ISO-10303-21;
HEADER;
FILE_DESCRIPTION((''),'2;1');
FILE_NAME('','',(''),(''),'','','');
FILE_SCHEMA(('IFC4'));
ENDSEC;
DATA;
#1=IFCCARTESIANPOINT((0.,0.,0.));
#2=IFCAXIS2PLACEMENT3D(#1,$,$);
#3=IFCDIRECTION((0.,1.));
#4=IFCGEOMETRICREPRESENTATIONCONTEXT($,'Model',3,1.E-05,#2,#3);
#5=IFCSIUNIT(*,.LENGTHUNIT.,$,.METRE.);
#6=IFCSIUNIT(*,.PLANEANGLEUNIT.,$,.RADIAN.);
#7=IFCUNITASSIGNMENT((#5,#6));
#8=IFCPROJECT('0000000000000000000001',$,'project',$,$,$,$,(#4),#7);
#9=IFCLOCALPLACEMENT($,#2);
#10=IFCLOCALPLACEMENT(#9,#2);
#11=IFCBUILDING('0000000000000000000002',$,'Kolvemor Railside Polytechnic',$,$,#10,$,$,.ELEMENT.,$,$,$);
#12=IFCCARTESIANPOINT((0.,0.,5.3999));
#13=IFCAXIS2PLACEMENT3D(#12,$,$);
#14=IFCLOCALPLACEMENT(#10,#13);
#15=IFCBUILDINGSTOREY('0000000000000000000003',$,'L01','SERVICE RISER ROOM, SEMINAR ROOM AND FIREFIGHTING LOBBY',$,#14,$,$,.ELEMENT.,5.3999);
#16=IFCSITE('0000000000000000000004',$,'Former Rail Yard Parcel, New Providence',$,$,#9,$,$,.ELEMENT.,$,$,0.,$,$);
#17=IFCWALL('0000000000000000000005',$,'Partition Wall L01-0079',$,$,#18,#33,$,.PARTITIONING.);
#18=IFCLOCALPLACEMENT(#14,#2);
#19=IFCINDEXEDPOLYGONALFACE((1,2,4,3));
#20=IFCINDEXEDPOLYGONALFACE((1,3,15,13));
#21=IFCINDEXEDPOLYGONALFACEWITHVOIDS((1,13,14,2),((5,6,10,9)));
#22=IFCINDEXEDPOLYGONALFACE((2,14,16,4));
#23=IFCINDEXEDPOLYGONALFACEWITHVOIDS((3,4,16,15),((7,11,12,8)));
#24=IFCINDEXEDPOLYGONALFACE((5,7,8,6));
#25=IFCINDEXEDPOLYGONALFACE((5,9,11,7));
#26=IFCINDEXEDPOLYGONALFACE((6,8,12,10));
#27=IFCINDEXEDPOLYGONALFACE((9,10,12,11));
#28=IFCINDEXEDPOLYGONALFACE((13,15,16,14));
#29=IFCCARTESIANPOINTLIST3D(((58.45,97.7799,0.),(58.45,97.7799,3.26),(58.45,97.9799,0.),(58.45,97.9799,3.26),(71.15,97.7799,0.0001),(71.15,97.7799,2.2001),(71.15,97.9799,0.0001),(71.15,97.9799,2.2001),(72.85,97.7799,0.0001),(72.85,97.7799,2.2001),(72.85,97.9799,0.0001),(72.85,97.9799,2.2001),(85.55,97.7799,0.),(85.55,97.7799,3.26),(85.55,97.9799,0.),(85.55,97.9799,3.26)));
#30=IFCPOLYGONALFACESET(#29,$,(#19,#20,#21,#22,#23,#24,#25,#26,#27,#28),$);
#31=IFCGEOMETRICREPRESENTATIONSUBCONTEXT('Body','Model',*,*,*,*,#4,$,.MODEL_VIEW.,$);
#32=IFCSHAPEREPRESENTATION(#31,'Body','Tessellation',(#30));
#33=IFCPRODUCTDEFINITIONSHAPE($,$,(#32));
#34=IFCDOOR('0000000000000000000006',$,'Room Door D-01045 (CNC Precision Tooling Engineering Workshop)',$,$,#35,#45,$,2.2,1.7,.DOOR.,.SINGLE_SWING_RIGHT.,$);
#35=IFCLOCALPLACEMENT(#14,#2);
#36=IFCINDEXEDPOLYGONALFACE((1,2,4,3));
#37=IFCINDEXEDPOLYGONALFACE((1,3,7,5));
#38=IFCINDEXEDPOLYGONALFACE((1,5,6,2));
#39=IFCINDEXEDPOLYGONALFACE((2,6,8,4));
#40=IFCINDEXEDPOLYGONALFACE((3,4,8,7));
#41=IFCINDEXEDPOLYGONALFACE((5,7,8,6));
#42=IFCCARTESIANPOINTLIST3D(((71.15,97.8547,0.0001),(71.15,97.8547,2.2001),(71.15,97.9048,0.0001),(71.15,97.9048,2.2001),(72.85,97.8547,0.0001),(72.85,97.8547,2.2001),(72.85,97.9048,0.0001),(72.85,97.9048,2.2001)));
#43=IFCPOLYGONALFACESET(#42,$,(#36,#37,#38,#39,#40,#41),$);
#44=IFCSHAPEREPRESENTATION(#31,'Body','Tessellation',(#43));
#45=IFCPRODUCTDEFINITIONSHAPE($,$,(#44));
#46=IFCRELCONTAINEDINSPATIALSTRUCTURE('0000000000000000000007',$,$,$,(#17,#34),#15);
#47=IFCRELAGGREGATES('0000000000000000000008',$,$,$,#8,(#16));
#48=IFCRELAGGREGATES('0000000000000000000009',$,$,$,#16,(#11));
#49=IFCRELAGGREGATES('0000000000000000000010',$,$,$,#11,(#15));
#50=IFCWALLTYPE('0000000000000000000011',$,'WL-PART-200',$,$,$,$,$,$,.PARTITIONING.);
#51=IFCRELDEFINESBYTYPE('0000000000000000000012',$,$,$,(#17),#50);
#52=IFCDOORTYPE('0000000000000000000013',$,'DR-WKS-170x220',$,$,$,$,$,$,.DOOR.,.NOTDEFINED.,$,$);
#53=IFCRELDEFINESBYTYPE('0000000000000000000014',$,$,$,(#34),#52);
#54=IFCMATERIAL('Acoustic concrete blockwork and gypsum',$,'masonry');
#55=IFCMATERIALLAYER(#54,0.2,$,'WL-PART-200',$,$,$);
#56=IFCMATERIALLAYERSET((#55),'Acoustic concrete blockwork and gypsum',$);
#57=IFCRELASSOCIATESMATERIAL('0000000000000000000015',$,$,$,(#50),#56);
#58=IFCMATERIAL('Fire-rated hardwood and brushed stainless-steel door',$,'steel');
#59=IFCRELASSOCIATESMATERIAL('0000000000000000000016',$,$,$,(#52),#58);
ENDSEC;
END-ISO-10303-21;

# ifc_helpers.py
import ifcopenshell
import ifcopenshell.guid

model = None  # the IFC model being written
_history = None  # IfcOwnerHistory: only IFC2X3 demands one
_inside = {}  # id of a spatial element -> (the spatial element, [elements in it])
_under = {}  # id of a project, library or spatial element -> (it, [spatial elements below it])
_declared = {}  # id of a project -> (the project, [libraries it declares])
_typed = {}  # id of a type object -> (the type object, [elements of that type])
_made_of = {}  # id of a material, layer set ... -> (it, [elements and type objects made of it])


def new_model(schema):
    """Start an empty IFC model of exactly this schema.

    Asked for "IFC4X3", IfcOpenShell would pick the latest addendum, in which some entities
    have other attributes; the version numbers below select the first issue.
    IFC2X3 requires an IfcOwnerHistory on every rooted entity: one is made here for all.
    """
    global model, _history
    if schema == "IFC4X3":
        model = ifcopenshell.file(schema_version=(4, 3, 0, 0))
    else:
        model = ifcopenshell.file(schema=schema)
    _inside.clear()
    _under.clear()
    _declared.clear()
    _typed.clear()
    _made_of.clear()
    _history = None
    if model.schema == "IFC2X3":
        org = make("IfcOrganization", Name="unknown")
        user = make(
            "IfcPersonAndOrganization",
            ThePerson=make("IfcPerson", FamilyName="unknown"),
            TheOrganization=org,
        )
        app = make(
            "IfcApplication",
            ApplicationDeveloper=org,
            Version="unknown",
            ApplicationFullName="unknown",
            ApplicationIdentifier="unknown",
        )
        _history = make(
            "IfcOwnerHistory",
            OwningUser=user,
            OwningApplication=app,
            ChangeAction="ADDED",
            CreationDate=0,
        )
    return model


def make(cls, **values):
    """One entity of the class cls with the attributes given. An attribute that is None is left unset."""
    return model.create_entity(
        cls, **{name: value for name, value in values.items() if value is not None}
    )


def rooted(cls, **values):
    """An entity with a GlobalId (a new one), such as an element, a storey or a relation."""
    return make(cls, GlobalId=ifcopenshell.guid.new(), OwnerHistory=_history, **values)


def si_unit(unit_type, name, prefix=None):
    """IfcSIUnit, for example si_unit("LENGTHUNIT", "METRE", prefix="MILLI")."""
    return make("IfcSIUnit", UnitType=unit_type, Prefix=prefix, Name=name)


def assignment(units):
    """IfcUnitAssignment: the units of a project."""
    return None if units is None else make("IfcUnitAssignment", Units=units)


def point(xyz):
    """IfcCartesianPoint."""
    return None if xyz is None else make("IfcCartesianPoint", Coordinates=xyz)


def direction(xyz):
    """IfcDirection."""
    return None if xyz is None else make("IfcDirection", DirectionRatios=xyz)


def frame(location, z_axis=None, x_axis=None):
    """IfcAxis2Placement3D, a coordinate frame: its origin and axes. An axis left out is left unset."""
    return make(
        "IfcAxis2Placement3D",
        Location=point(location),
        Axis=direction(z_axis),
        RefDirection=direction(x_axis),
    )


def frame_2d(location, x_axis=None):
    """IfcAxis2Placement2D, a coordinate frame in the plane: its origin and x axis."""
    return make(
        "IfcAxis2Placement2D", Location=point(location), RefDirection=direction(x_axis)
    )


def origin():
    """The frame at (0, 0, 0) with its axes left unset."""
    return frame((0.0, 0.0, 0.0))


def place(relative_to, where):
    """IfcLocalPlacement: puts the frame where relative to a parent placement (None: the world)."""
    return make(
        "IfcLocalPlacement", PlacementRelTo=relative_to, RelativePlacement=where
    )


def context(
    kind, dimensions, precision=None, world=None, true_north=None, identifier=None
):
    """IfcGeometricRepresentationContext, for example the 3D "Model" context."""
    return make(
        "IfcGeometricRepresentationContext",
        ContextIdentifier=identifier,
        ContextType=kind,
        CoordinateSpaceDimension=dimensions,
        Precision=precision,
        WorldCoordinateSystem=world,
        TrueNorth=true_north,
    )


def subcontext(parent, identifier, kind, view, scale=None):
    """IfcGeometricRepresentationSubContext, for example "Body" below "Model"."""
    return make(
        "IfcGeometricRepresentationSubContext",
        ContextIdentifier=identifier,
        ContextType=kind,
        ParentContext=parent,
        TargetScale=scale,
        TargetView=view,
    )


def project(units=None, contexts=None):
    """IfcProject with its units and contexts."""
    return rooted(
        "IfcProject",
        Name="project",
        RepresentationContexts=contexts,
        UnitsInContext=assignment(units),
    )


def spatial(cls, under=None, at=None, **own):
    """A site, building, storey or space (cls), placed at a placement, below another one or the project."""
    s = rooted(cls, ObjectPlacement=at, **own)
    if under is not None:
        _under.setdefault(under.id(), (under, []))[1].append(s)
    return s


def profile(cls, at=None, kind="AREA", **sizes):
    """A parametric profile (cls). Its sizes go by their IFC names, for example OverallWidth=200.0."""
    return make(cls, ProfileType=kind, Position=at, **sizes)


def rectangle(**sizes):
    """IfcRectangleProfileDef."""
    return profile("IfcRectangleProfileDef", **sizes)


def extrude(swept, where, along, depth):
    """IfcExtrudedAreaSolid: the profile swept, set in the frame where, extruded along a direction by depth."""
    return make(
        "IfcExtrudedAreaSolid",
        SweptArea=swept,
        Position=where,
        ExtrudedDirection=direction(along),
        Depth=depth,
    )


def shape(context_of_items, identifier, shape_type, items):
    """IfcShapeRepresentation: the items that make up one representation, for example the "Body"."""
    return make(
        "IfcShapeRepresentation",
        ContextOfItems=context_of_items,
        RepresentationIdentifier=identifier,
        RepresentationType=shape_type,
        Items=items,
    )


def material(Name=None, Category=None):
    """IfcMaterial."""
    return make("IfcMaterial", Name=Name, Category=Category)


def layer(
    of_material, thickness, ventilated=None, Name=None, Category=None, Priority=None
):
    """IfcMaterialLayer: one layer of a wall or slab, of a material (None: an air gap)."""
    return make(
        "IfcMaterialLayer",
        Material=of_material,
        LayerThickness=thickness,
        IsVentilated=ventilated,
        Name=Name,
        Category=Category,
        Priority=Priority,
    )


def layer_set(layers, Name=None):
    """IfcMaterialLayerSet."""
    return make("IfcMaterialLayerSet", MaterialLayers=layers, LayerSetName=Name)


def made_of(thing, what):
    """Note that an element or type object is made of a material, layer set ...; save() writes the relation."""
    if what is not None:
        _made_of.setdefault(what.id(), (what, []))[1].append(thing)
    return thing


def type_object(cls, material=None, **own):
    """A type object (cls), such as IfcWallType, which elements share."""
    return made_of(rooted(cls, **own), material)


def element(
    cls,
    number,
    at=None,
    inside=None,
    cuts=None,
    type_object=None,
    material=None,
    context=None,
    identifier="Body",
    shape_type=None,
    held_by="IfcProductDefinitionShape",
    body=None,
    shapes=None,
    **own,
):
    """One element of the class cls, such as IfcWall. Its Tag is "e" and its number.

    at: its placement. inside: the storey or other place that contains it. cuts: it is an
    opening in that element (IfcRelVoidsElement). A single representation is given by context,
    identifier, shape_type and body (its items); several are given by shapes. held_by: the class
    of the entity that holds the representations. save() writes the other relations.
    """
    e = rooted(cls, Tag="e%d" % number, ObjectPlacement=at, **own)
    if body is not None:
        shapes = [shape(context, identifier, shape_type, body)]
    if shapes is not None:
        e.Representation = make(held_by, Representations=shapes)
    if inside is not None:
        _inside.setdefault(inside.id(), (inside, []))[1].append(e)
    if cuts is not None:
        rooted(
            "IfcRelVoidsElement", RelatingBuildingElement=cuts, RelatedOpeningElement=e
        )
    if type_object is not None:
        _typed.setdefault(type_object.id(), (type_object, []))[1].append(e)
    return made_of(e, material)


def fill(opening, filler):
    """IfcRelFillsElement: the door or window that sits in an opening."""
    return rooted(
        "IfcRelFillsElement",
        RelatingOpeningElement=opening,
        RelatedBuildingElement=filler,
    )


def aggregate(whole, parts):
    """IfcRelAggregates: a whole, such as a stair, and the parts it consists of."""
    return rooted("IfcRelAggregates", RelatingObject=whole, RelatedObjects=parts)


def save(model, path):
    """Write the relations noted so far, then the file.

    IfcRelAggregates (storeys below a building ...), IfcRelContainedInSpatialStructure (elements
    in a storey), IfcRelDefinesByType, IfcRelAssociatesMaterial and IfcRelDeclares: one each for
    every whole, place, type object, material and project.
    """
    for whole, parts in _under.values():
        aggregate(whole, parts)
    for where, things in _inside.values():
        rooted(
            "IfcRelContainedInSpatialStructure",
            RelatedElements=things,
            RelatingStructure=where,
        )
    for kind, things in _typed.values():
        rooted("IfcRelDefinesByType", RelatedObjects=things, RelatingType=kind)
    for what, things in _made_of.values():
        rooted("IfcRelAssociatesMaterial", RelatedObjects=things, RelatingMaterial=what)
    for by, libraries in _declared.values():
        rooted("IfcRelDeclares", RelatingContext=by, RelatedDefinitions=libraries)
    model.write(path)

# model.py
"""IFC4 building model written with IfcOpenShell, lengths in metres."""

from ifc_helpers import new_model, si_unit, direction, frame, frame_2d, origin, place, context, subcontext, project, spatial, rectangle, extrude, material, layer, layer_set, type_object, element, fill, save


model = new_model("IFC4")

# Units and contexts
model_context = context("Model", 3, precision=1e-05, world=origin(), true_north=direction((0.0, 1.0)))
body_context = subcontext(model_context, "Body", "Model", "MODEL_VIEW")
ifc_project = project(units=[si_unit("LENGTHUNIT", "METRE"), si_unit("PLANEANGLEUNIT", "RADIAN")], contexts=[model_context])

# Site, building, storey
site_placement = place(None, origin())
site = spatial("IfcSite", under=ifc_project, at=site_placement, Name="Former Rail Yard Parcel, New Providence", CompositionType="ELEMENT", RefElevation=0.0)
building_placement = place(site_placement, origin())
building = spatial("IfcBuilding", under=site, at=building_placement, Name="Kolvemor Railside Polytechnic", CompositionType="ELEMENT")
storey_placement = place(building_placement, frame((0.0, 0.0, 5.3999)))
storey = spatial("IfcBuildingStorey", under=building, at=storey_placement, Name="L01", Description="SERVICE RISER ROOM, SEMINAR ROOM AND FIREFIGHTING LOBBY", CompositionType="ELEMENT", Elevation=5.3999)

# Wall, opening, door
ifc_material_1 = material(Name="Acoustic concrete blockwork and gypsum", Category="masonry")
ifc_layer_1 = layer(ifc_material_1, 0.2, Name="WL-PART-200")
ifc_layer_set_1 = layer_set([ifc_layer_1], Name="Acoustic concrete blockwork and gypsum")
wall_type = type_object("IfcWallType", Name="WL-PART-200", PredefinedType="PARTITIONING", material=ifc_layer_set_1)
wall_placement = place(storey_placement, frame((58.45, 97.8799, 0.0), z_axis=(0.0, 0.0, 1.0), x_axis=(1.0, 0.0, 0.0)))
wall = element("IfcWall", 1, at=wall_placement, inside=storey, type_object=wall_type, Name="Partition Wall L01-0079", PredefinedType="PARTITIONING", context=body_context, shape_type="SweptSolid", body=[
    extrude(rectangle(XDim=27.1001, YDim=0.2, at=frame_2d((13.55, 0.0))), origin(), (0.0, 0.0, 1.0), 3.26),
])
opening_placement = place(wall_placement, frame((12.7, 0.0, 0.0)))
opening = element("IfcOpeningElement", 2, at=opening_placement, cuts=wall, PredefinedType="OPENING", context=body_context, shape_type="SweptSolid", body=[
    extrude(rectangle(XDim=1.7, YDim=2.2, at=frame_2d((0.8501, 1.1001))), frame((0.0, 0.1099, 0.0), z_axis=(0.0, -1.0, 0.0), x_axis=(1.0, 0.0, 0.0)), (0.0, 0.0, 1.0), 0.22),
])
ifc_material_2 = material(Name="Fire-rated hardwood and brushed stainless-steel door", Category="steel")
door_type = type_object("IfcDoorType", Name="DR-WKS-170x220", OperationType="NOTDEFINED", PredefinedType="DOOR", material=ifc_material_2)
door_placement = place(opening_placement, origin())
door = element("IfcDoor", 3, at=door_placement, inside=storey, type_object=door_type, Name="Room Door D-01045 (CNC Precision Tooling Engineering Workshop)", OperationType="SINGLE_SWING_RIGHT", OverallHeight=2.2, OverallWidth=1.7, PredefinedType="DOOR", context=body_context, shape_type="SweptSolid", body=[
    extrude(rectangle(XDim=1.7, YDim=2.2, at=frame_2d((0.8501, 1.1001))), frame((0.0, 0.0249, 0.0), z_axis=(0.0, -1.0, 0.0), x_axis=(1.0, 0.0, 0.0)), (0.0, 0.0, 1.0), 0.05),
])
fill(opening, door)

save(model, "model.ifc")
